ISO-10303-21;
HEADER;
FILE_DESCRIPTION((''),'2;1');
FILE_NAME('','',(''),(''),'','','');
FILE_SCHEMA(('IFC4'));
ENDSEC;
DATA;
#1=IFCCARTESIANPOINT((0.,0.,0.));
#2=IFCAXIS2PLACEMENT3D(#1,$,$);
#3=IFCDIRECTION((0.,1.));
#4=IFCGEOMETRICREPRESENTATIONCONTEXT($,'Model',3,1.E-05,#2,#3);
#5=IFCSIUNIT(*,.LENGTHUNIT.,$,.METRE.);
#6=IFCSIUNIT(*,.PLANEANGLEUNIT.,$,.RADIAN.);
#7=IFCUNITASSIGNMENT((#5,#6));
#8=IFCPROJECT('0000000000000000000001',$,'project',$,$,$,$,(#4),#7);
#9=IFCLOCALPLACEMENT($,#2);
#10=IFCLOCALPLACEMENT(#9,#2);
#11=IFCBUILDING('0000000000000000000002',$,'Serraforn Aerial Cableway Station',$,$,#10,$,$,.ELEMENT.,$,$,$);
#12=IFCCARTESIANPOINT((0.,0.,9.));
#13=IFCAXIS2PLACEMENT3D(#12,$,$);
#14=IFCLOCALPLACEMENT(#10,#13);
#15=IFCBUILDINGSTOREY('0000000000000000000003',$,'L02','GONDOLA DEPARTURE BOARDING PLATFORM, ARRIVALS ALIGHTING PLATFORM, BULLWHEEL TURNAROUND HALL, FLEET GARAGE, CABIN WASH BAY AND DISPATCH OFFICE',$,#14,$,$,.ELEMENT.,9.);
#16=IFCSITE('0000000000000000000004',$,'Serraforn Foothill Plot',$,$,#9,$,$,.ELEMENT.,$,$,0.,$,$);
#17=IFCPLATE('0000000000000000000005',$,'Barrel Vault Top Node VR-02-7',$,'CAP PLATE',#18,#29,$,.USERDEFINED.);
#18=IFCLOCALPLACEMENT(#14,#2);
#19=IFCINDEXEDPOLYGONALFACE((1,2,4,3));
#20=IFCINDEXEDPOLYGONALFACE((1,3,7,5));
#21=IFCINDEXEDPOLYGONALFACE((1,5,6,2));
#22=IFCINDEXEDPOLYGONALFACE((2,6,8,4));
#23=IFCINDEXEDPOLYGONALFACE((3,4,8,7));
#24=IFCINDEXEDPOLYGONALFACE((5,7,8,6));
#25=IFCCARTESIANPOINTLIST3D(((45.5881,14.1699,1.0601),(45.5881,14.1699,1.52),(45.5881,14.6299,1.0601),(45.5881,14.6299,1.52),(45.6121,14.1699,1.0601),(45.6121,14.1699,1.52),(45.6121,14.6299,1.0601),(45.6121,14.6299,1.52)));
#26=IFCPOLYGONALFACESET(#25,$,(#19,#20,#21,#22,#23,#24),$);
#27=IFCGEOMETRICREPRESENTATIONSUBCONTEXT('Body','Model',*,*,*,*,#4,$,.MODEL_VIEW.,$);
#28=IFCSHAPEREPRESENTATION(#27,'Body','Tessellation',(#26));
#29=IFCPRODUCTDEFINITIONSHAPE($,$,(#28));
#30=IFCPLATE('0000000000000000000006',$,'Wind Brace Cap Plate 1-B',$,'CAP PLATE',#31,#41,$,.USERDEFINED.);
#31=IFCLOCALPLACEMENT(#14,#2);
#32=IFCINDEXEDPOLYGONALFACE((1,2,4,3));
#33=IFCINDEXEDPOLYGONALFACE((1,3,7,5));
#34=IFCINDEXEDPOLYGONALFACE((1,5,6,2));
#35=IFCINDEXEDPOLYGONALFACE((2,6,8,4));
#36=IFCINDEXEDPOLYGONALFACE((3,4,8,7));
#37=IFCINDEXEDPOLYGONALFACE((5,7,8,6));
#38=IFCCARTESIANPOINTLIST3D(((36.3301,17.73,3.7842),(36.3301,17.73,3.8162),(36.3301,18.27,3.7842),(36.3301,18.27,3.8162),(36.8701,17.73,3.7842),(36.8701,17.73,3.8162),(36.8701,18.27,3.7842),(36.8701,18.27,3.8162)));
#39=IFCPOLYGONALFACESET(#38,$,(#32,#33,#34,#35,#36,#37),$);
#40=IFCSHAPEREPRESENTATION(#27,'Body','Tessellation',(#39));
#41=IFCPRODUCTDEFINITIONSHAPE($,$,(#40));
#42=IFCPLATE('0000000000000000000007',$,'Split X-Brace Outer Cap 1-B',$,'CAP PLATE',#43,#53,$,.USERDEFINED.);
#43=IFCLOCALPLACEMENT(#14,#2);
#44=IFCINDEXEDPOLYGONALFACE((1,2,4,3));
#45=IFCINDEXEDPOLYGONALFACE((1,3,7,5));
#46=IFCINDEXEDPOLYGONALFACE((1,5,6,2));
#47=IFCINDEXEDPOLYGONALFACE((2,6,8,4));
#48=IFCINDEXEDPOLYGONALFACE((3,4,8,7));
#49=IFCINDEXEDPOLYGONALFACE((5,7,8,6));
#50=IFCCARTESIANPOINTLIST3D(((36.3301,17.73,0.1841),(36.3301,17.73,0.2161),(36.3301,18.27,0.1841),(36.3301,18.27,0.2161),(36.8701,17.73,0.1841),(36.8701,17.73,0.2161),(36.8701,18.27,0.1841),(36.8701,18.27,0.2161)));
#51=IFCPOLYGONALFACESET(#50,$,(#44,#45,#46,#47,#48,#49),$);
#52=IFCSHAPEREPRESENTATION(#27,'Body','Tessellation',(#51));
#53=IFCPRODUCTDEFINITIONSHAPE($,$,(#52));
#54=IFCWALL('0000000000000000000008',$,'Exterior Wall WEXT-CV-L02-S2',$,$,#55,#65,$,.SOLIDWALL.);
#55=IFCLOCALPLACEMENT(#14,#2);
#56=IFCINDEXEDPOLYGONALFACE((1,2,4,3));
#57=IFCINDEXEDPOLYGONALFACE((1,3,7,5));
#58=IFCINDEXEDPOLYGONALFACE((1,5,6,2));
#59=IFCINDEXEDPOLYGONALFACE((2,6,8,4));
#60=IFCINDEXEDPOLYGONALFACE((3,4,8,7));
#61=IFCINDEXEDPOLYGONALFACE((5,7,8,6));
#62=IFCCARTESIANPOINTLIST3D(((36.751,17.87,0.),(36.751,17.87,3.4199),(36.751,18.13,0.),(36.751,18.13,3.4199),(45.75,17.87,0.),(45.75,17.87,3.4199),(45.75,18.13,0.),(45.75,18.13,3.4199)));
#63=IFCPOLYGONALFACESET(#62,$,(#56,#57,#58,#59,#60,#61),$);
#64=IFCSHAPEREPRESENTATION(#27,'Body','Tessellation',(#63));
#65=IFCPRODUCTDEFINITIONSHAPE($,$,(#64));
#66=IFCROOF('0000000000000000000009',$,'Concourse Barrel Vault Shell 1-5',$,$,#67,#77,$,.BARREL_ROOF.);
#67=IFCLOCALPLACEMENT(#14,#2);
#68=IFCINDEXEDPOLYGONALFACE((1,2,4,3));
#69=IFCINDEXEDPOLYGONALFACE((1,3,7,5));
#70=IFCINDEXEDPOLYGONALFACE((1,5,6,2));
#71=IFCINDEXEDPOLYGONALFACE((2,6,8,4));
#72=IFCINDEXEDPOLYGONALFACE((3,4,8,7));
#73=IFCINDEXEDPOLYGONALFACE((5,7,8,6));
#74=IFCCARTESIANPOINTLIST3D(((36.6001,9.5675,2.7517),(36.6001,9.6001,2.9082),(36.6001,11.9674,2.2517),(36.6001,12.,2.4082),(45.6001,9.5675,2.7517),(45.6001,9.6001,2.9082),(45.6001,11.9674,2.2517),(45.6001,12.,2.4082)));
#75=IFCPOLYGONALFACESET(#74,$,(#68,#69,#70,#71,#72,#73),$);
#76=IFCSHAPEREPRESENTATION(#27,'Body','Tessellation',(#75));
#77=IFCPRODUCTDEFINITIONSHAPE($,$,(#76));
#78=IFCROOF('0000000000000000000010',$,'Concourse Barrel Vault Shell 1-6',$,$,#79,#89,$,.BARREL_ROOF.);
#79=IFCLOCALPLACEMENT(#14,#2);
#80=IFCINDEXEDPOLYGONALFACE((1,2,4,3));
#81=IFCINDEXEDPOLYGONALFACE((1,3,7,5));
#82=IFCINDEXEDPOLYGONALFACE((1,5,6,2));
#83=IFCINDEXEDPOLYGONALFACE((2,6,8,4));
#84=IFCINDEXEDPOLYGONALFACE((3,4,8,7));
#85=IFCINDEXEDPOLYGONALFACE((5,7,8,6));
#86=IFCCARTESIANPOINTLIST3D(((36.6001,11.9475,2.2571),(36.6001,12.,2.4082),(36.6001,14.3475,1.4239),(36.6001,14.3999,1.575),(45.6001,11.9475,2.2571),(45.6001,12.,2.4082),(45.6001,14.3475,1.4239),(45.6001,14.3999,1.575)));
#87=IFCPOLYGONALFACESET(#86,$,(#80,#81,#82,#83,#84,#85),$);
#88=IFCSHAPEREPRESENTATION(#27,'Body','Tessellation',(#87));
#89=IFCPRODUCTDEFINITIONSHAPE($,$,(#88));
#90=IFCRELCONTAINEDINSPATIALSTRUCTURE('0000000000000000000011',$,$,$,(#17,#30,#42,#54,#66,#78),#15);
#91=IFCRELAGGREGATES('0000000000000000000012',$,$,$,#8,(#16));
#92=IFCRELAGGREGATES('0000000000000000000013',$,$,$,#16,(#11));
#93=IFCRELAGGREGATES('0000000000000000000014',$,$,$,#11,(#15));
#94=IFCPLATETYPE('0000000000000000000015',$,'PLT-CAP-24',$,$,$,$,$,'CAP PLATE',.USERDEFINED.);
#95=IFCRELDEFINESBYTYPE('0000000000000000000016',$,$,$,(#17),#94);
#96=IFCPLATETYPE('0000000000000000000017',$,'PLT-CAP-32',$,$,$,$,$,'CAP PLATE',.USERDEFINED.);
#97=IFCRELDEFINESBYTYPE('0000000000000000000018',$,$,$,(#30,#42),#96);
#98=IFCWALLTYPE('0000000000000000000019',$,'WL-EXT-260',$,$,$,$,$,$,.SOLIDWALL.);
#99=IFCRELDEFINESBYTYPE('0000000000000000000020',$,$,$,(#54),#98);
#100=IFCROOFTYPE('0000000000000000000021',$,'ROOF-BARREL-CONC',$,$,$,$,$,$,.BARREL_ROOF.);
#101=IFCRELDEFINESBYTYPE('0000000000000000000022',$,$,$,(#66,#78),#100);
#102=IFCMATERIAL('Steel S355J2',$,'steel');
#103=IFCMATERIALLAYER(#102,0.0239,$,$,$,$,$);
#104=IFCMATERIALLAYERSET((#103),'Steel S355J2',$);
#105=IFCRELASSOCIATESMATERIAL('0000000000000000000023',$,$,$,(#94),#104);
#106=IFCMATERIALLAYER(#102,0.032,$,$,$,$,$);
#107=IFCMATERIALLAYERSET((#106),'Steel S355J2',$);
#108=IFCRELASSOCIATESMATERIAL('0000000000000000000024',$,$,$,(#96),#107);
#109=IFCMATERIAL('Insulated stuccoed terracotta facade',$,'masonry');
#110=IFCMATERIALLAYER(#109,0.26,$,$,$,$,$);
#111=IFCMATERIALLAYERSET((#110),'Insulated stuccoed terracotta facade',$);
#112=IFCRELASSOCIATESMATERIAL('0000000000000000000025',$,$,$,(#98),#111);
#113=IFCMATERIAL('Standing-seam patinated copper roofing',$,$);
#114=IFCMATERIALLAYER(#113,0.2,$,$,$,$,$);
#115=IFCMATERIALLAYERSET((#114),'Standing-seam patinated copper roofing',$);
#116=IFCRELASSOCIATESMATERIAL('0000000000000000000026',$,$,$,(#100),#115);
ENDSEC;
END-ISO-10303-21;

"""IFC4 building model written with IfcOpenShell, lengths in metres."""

from ifc_helpers import new_model, si_unit, direction, frame, frame_2d, origin, origin_2d, place, context, subcontext, project, spatial, polyline, rectangle, outline, extrude, material, layer, layer_set, type_object, element, save


model = new_model("IFC4")

# Units and contexts
model_context = context("Model", 3, precision=1e-05, world=origin(), true_north=direction((0.0, 1.0)))
body_context = subcontext(model_context, "Body", "Model", "MODEL_VIEW")
ifc_project = project(units=[si_unit("LENGTHUNIT", "METRE"), si_unit("PLANEANGLEUNIT", "RADIAN")], contexts=[model_context])

# Site, building, storey
site_placement = place(None, origin())
site = spatial("IfcSite", under=ifc_project, at=site_placement, Name="Serraforn Foothill Plot", CompositionType="ELEMENT", RefElevation=0.0)
building_placement = place(site_placement, origin())
building = spatial("IfcBuilding", under=site, at=building_placement, Name="Serraforn Aerial Cableway Station", CompositionType="ELEMENT")
storey_placement = place(building_placement, frame((0.0, 0.0, 9.0)))
storey = spatial("IfcBuildingStorey", under=building, at=storey_placement, Name="L02", Description="GONDOLA DEPARTURE BOARDING PLATFORM, ARRIVALS ALIGHTING PLATFORM, BULLWHEEL TURNAROUND HALL, FLEET GARAGE, CABIN WASH BAY AND DISPATCH OFFICE", CompositionType="ELEMENT", Elevation=9.0)

# Shared definitions
ifc_material_1 = material(Name="Steel S355J2", Category="steel")

# Plates
ifc_layer_1 = layer(ifc_material_1, 0.0239)
ifc_layer_set_1 = layer_set([ifc_layer_1], Name="Steel S355J2")
plate_type_1 = type_object("IfcPlateType", Name="PLT-CAP-24", ElementType="CAP PLATE", PredefinedType="USERDEFINED", material=ifc_layer_set_1)
for number, where, z_axis, x_axis, name in (
    (1, (45.6001, 14.3999, 1.0601), (0.0, 0.0, 1.0), (1.0, 0.0, 0.0), "Barrel Vault Top Node VR-02-7"),
):
    element("IfcPlate", number, at=place(storey_placement, frame(where, z_axis=z_axis, x_axis=x_axis)), inside=storey, type_object=plate_type_1, Name=name, ObjectType="CAP PLATE", PredefinedType="USERDEFINED", context=body_context, shape_type="SweptSolid", body=[
        extrude(rectangle(XDim=0.0239, YDim=0.46, at=origin_2d()), origin(), (0.0, 0.0, 1.0), 0.46),
    ])
ifc_layer_2 = layer(ifc_material_1, 0.032)
ifc_layer_set_2 = layer_set([ifc_layer_2], Name="Steel S355J2")
plate_type_2 = type_object("IfcPlateType", Name="PLT-CAP-32", ElementType="CAP PLATE", PredefinedType="USERDEFINED", material=ifc_layer_set_2)
for number, where, z_axis, x_axis, name in (
    (2, (36.6001, 18.0, 3.7842), (0.0, 0.0, 1.0), (1.0, 0.0, 0.0), "Wind Brace Cap Plate 1-B"),
    (3, (36.6001, 18.0, 0.1841), (0.0, 0.0, 1.0), (1.0, 0.0, 0.0), "Split X-Brace Outer Cap 1-B"),
):
    element("IfcPlate", number, at=place(storey_placement, frame(where, z_axis=z_axis, x_axis=x_axis)), inside=storey, type_object=plate_type_2, Name=name, ObjectType="CAP PLATE", PredefinedType="USERDEFINED", context=body_context, shape_type="SweptSolid", body=[
        extrude(rectangle(XDim=0.54, YDim=0.54, at=origin_2d()), origin(), (0.0, 0.0, 1.0), 0.032),
    ])

# Wall
ifc_material_2 = material(Name="Insulated stuccoed terracotta facade", Category="masonry")
ifc_layer_3 = layer(ifc_material_2, 0.26)
ifc_layer_set_3 = layer_set([ifc_layer_3], Name="Insulated stuccoed terracotta facade")
wall_type = type_object("IfcWallType", Name="WL-EXT-260", PredefinedType="SOLIDWALL", material=ifc_layer_set_3)
wall_placement = place(storey_placement, frame((36.751, 18.0, 0.0), z_axis=(0.0, 0.0, 1.0), x_axis=(1.0, 0.0, 0.0)))
element("IfcWall", 4, at=wall_placement, inside=storey, type_object=wall_type, Name="Exterior Wall WEXT-CV-L02-S2", PredefinedType="SOLIDWALL", context=body_context, shape_type="SweptSolid", body=[
    extrude(rectangle(XDim=8.999, YDim=0.26, at=frame_2d((4.4995, 0.0))), origin(), (0.0, 0.0, 1.0), 3.4199),
])

# Roofs
ifc_material_3 = material(Name="Standing-seam patinated copper roofing")
ifc_layer_4 = layer(ifc_material_3, 0.2)
ifc_layer_set_4 = layer_set([ifc_layer_4], Name="Standing-seam patinated copper roofing")
roof_type = type_object("IfcRoofType", Name="ROOF-BARREL-CONC", PredefinedType="BARREL_ROOF", material=ifc_layer_set_4)
roof_1_placement = place(storey_placement, frame((45.6001, 12.0, 2.4082), z_axis=(0.0, 0.203962, 0.978979), x_axis=(-1.0, 0.0, 0.0)))
element("IfcRoof", 5, at=roof_1_placement, inside=storey, type_object=roof_type, Name="Concourse Barrel Vault Shell 1-5", PredefinedType="BARREL_ROOF", context=body_context, shape_type="SweptSolid", body=[
    extrude(outline(polyline([(0.0, 0.0), (9.0, 0.0), (9.0, 2.4514), (0.0, 2.4514), (0.0, 0.0)])), origin(), (0.0, 0.0, -1.0), 0.1599),
])
roof_2_placement = place(storey_placement, frame((45.6001, 14.3999, 1.575), z_axis=(0.0, 0.327995, 0.944679), x_axis=(-1.0, 0.0, 0.0)))
element("IfcRoof", 6, at=roof_2_placement, inside=storey, type_object=roof_type, Name="Concourse Barrel Vault Shell 1-6", PredefinedType="BARREL_ROOF", context=body_context, shape_type="SweptSolid", body=[
    extrude(outline(polyline([(0.0, 0.0), (9.0, 0.0), (9.0, 2.5404), (0.0, 2.5404), (0.0, 0.0)])), origin(), (0.0, 0.0, -1.0), 0.1599),
])

save(model, "model.ifc")
